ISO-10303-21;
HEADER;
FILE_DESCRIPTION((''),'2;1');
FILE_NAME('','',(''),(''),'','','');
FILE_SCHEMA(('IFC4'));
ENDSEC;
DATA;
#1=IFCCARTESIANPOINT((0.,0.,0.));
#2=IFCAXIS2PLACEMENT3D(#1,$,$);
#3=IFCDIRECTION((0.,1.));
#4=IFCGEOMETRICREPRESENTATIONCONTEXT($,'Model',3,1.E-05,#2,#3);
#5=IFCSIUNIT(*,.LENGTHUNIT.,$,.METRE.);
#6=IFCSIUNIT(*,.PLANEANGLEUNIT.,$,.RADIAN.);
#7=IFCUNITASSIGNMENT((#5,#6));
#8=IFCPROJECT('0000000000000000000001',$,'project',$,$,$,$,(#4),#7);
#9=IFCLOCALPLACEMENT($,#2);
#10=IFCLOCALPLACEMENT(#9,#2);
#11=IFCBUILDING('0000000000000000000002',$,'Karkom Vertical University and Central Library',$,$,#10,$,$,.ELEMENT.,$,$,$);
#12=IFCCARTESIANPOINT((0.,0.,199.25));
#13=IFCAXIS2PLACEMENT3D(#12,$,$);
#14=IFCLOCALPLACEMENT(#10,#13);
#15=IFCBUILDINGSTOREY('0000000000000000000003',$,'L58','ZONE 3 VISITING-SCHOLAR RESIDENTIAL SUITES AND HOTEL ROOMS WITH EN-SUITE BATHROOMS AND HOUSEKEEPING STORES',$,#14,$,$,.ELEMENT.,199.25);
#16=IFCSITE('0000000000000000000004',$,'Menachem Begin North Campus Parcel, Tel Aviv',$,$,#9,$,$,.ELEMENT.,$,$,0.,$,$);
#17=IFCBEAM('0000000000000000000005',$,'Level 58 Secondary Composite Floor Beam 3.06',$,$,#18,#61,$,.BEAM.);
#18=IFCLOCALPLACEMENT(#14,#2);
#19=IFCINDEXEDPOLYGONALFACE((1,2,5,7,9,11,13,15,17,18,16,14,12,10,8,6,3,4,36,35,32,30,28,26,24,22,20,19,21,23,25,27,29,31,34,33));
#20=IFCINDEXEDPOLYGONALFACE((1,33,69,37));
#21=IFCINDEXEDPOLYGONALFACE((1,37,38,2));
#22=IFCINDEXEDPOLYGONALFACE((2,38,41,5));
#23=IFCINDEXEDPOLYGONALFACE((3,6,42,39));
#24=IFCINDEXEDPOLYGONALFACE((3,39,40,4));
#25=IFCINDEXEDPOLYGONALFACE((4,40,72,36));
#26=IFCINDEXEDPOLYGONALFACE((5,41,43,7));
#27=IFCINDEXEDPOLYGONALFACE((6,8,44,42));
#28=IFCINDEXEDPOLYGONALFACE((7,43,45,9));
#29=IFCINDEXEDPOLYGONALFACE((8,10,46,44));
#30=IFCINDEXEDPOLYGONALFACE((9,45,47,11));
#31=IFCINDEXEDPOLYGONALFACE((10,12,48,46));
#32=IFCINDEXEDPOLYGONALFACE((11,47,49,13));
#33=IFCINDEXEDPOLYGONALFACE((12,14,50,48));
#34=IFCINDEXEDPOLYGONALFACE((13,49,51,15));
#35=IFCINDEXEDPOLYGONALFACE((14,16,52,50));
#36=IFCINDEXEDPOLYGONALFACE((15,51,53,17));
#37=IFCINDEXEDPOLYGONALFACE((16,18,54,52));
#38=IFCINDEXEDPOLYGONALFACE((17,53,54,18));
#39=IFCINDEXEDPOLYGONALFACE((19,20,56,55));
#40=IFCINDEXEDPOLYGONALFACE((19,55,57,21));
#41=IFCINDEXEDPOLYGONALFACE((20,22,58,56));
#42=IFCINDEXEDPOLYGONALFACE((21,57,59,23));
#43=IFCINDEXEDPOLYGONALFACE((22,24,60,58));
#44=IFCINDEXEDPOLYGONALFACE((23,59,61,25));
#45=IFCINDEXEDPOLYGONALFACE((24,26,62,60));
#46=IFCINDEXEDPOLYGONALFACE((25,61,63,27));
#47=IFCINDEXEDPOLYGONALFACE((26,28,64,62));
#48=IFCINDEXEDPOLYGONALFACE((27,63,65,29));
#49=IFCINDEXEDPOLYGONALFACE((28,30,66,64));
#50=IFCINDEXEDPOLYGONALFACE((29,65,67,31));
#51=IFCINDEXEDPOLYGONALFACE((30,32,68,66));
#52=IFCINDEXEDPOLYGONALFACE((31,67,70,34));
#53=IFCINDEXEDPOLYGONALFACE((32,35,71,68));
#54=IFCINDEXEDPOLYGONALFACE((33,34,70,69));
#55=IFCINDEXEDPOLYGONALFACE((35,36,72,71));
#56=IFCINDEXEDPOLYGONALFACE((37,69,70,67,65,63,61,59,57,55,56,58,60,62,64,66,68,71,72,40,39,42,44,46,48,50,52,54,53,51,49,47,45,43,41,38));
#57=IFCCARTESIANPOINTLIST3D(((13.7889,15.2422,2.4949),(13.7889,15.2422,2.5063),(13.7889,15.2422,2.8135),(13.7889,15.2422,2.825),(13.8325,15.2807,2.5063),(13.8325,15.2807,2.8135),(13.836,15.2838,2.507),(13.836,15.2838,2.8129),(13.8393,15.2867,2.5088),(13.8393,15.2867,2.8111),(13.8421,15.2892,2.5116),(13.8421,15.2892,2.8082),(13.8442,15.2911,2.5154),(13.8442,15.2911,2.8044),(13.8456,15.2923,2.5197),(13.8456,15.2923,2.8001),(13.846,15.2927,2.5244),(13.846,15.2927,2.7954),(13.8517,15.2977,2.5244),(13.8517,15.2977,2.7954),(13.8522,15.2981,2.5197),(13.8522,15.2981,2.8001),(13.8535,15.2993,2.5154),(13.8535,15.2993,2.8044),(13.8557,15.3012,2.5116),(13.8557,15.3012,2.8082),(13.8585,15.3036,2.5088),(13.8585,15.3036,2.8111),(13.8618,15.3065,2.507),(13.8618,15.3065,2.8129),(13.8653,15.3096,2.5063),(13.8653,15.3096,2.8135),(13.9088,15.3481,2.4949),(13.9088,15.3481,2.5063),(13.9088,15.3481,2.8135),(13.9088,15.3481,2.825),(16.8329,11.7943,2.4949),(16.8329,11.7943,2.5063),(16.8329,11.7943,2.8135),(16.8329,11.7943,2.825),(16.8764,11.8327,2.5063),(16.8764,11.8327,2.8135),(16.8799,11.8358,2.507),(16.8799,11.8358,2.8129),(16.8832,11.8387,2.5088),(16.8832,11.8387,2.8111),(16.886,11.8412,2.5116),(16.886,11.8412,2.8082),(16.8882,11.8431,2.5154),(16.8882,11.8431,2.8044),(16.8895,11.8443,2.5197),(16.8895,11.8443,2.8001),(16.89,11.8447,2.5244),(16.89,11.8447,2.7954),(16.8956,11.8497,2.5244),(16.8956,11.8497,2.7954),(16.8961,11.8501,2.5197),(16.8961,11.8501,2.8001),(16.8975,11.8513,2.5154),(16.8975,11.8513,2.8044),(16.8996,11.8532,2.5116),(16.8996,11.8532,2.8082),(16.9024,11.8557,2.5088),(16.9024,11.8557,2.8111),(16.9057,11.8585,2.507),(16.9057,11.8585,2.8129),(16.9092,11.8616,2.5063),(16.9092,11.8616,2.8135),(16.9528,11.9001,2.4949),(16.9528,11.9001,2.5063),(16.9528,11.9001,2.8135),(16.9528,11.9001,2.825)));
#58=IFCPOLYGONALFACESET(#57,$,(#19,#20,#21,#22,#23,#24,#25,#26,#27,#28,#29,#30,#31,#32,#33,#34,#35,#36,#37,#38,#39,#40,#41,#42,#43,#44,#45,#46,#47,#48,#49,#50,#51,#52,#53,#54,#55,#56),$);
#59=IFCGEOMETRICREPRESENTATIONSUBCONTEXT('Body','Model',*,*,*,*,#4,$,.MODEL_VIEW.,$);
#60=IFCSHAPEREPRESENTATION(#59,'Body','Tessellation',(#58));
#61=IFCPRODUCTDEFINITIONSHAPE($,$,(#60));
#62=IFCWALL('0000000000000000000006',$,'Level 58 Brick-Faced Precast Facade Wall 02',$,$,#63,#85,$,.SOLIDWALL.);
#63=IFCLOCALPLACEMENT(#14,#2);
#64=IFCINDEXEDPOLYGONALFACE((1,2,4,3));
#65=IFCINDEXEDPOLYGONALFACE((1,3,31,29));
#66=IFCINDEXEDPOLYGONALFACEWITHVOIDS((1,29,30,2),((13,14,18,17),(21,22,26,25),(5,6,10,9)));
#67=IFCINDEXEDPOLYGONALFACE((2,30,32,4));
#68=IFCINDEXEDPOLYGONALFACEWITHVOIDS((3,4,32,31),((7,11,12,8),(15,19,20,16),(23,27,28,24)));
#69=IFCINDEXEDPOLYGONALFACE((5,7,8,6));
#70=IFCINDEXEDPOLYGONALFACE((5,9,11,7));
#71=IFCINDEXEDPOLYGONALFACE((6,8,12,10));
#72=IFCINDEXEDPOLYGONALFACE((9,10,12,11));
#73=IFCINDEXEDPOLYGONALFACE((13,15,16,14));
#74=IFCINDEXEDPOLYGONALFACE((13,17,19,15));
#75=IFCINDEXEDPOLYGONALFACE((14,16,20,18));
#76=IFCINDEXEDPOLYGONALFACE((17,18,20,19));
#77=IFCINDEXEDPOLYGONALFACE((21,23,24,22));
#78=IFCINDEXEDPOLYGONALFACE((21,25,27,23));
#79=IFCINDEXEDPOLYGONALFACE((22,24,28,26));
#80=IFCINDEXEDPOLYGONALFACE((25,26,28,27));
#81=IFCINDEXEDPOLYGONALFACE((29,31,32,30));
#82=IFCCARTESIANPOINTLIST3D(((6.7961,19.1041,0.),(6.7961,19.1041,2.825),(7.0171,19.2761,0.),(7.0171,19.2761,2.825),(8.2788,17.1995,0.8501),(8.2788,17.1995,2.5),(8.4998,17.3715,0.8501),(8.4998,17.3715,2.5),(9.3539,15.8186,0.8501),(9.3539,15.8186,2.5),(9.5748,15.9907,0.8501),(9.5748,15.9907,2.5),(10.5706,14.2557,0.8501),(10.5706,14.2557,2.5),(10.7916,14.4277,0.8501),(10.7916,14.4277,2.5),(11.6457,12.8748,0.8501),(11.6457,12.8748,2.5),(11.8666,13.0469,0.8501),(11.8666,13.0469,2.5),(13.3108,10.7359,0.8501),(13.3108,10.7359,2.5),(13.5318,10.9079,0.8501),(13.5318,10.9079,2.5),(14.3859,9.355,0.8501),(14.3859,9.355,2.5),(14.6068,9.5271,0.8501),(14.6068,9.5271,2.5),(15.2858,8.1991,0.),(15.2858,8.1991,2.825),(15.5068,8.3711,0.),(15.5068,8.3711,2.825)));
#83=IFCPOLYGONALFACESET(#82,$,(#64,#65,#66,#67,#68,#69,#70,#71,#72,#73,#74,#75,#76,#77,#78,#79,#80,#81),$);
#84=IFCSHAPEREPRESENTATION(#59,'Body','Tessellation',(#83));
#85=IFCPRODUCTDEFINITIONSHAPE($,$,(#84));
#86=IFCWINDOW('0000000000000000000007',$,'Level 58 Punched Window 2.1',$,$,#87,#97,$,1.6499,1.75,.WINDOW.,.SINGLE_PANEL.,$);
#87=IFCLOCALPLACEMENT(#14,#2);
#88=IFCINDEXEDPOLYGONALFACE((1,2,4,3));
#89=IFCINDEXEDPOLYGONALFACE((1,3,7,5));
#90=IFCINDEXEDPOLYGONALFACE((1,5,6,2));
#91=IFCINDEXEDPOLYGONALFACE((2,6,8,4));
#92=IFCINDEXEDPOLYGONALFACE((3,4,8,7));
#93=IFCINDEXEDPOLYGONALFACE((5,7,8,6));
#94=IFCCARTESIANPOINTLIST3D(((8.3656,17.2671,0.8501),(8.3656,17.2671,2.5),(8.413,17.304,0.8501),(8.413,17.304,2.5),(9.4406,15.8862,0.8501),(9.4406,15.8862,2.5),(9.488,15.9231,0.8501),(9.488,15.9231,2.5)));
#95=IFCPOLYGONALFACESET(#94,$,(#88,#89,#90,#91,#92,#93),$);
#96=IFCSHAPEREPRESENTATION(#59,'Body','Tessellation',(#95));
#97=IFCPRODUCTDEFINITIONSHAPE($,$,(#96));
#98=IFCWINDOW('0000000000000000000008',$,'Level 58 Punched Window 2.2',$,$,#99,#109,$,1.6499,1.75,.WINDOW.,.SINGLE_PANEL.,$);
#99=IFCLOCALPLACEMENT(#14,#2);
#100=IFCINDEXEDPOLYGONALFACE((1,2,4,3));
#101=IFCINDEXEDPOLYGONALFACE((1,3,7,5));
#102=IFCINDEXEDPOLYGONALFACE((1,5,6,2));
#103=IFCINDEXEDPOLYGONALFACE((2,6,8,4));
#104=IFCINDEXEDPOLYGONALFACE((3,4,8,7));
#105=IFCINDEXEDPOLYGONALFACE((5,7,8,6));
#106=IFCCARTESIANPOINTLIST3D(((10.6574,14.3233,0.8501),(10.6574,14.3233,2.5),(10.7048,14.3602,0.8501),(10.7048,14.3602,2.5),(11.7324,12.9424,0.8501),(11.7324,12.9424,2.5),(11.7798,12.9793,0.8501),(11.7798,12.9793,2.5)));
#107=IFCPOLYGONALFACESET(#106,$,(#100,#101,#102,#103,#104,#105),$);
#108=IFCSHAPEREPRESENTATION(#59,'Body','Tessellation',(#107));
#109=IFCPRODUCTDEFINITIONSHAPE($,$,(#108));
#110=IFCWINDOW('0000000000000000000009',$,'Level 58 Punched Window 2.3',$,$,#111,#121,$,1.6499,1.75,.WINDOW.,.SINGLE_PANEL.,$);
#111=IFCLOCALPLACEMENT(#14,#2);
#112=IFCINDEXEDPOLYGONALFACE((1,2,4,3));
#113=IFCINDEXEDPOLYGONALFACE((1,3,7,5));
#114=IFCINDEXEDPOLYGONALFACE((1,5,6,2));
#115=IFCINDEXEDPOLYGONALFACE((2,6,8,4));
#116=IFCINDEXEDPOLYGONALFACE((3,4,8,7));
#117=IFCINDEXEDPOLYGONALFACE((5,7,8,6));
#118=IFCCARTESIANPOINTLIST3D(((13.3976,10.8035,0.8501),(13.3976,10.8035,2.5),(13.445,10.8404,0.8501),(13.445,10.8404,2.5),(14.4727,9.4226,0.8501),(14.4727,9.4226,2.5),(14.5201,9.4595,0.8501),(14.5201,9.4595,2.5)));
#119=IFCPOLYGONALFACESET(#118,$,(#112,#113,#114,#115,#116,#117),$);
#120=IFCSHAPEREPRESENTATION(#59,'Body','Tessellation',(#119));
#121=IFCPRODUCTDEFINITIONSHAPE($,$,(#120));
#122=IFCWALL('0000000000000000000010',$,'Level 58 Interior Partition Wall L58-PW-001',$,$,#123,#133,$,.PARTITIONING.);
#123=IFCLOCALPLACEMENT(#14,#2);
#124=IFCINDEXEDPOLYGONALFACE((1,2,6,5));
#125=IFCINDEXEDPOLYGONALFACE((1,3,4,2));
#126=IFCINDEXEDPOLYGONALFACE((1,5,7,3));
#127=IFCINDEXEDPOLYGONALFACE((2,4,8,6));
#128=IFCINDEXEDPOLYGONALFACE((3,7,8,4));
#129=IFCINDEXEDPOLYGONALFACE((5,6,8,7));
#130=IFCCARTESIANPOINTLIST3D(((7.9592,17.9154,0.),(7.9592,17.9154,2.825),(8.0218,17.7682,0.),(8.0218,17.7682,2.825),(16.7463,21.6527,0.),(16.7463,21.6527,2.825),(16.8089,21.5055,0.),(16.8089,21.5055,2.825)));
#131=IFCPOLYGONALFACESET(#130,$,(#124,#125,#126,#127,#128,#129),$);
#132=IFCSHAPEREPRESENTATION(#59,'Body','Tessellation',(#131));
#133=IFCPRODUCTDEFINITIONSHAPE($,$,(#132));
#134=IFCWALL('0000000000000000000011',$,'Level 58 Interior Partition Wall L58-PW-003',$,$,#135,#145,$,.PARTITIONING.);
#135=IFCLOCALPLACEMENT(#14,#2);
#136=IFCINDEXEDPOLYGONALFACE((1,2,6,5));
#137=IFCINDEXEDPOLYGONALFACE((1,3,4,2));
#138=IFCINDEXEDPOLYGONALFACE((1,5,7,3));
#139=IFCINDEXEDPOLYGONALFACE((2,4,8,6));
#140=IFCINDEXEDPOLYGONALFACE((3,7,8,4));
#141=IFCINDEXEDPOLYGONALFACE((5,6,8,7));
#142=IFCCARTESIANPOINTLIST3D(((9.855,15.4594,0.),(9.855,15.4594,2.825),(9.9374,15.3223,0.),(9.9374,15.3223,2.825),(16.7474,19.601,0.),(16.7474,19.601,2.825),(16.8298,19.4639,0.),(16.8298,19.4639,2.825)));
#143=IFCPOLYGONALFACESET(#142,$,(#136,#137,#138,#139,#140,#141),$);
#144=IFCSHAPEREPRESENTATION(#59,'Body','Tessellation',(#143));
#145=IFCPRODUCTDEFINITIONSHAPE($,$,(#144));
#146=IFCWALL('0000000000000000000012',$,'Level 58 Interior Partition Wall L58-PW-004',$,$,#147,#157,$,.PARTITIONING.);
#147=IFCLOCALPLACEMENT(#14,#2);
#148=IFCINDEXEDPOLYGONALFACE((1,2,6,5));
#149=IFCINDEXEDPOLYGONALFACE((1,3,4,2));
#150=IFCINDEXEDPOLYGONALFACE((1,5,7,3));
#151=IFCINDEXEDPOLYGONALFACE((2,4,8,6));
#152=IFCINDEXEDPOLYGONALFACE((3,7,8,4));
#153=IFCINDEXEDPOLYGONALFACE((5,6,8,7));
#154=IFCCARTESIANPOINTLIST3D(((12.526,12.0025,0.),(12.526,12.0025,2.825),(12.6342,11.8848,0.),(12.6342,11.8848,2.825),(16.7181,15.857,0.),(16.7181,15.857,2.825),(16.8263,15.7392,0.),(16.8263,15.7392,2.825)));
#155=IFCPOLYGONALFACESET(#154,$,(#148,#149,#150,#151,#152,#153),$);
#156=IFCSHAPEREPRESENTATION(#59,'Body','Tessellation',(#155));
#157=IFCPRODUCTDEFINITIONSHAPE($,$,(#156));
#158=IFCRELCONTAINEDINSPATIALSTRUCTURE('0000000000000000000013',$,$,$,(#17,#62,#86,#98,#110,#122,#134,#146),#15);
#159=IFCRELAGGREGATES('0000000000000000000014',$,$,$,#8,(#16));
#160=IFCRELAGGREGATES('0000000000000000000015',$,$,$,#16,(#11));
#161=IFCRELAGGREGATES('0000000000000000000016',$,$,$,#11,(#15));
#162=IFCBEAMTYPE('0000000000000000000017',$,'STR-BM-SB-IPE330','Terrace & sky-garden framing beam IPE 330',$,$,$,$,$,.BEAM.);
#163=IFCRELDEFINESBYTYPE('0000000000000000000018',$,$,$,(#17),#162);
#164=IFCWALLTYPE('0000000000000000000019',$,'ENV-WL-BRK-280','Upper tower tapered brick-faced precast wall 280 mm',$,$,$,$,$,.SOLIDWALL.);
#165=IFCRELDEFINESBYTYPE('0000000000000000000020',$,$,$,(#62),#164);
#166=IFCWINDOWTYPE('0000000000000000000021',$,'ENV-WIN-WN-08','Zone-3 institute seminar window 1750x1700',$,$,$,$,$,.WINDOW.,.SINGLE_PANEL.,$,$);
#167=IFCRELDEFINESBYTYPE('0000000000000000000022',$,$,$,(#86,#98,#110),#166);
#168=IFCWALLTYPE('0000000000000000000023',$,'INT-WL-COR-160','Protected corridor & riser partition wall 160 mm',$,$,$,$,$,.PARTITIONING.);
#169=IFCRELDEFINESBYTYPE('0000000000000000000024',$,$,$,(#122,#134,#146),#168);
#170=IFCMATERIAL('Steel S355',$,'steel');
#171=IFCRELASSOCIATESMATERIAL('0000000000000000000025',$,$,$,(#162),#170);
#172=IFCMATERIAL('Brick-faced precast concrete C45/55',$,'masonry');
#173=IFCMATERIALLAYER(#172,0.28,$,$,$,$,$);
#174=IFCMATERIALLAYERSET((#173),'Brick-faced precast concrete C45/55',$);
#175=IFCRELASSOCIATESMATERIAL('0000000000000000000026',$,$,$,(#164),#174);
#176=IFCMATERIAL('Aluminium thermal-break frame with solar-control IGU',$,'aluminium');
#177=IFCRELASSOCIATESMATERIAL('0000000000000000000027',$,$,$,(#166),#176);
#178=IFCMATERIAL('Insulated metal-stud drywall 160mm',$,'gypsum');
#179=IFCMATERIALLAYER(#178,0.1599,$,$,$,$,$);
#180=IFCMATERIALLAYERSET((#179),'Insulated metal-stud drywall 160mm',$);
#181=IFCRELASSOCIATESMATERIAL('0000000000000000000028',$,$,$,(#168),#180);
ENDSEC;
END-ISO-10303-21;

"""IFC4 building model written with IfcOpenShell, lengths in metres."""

from ifc_helpers import new_model, si_unit, direction, frame, frame_2d, origin, origin_with_axes, origin_2d, place, context, subcontext, project, spatial, rectangle, i_section, extrude, source, transform, mapped, material, layer, layer_set, material_profile, profile_set, type_object, element, fill, save


model = new_model("IFC4")

# Units and contexts
model_context = context("Model", 3, precision=1e-05, world=origin(), true_north=direction((0.0, 1.0)))
body_context = subcontext(model_context, "Body", "Model", "MODEL_VIEW")
ifc_project = project(units=[si_unit("LENGTHUNIT", "METRE"), si_unit("PLANEANGLEUNIT", "RADIAN")], contexts=[model_context])

# Site, building, storey
site_placement = place(None, origin())
site = spatial("IfcSite", under=ifc_project, at=site_placement, Name="Menachem Begin North Campus Parcel, Tel Aviv", CompositionType="ELEMENT", RefElevation=0.0)
building_placement = place(site_placement, origin())
building = spatial("IfcBuilding", under=site, at=building_placement, Name="Karkom Vertical University and Central Library", CompositionType="ELEMENT")
storey_placement = place(building_placement, frame((0.0, 0.0, 199.25)))
storey = spatial("IfcBuildingStorey", under=building, at=storey_placement, Name="L58", Description="ZONE 3 VISITING-SCHOLAR RESIDENTIAL SUITES AND HOTEL ROOMS WITH EN-SUITE BATHROOMS AND HOUSEKEEPING STORES", CompositionType="ELEMENT", Elevation=199.25)

# Beam
ifc_material_1 = material(Name="Steel S355", Category="steel")
ifc_material_profile_1 = material_profile(ifc_material_1, i_section(OverallWidth=0.1599, OverallDepth=0.3301, WebThickness=0.0076, FlangeThickness=0.0115, FilletRadius=0.0181, at=origin_2d()), Name="IPE 330")
ifc_profile_set_1 = profile_set([ifc_material_profile_1], Name="Steel S355")
beam_type_1 = type_object("IfcBeamType", Name="STR-BM-SB-IPE330", Description="Terrace & sky-garden framing beam IPE 330", PredefinedType="BEAM", material=ifc_profile_set_1)
shared_shape_1 = source(origin_with_axes(), body_context, "Body", "SweptSolid", [
    extrude(i_section(OverallWidth=0.1599, OverallDepth=0.3301, WebThickness=0.0076, FlangeThickness=0.0115, FilletRadius=0.0181, at=origin_2d()), origin(), (0.0, 0.0, 1.0), 4.5994),
])
beam_1_placement = place(storey_placement, frame((13.8489, 15.2952, 2.6599), z_axis=(0.661816, -0.749666, 0.0), x_axis=(0.749666, 0.661816, 0.0)))
element("IfcBeam", 1, at=beam_1_placement, inside=storey, type_object=beam_type_1, Name="Level 58 Secondary Composite Floor Beam 3.06", PredefinedType="BEAM", context=body_context, shape_type="MappedRepresentation", body=[
    mapped(shared_shape_1, transform((0.0, 0.0, 0.0), scale=1.0)),
])

# Wall, openings, windows
ifc_material_2 = material(Name="Brick-faced precast concrete C45/55", Category="masonry")
ifc_layer_1 = layer(ifc_material_2, 0.28)
ifc_layer_set_1 = layer_set([ifc_layer_1], Name="Brick-faced precast concrete C45/55")
wall_type_1 = type_object("IfcWallType", Name="ENV-WL-BRK-280", Description="Upper tower tapered brick-faced precast wall 280 mm", PredefinedType="SOLIDWALL", material=ifc_layer_set_1)
wall_1_placement = place(storey_placement, frame((6.9065, 19.1902, 0.0), z_axis=(0.0, 0.0, 1.0), x_axis=(0.614304, -0.78907, 0.0)))
wall_1 = element("IfcWall", 2, at=wall_1_placement, inside=storey, type_object=wall_type_1, Name="Level 58 Brick-Faced Precast Facade Wall 02", PredefinedType="SOLIDWALL", context=body_context, shape_type="SweptSolid", body=[
    extrude(rectangle(XDim=13.8201, YDim=0.28, at=frame_2d((6.9102, 0.0))), origin(), (0.0, 0.0, 1.0), 2.825),
])
opening_1_placement = place(wall_1_placement, frame((2.4138, 0.0, 0.8501)))
opening_1 = element("IfcOpeningElement", 3, at=opening_1_placement, cuts=wall_1, PredefinedType="OPENING", context=body_context, shape_type="SweptSolid", body=[
    extrude(rectangle(XDim=1.75, YDim=1.6499, at=frame_2d((0.875, 0.825))), frame((0.0, 0.1499, 0.0), z_axis=(0.0, -1.0, 0.0), x_axis=(1.0, 0.0, 0.0)), (0.0, 0.0, 1.0), 0.3),
])
opening_2_placement = place(wall_1_placement, frame((6.1445, 0.0, 0.8501)))
opening_2 = element("IfcOpeningElement", 4, at=opening_2_placement, cuts=wall_1, PredefinedType="OPENING", context=body_context, shape_type="SweptSolid", body=[
    extrude(rectangle(XDim=1.75, YDim=1.6499, at=frame_2d((0.875, 0.825))), frame((0.0, 0.1499, 0.0), z_axis=(0.0, -1.0, 0.0), x_axis=(1.0, 0.0, 0.0)), (0.0, 0.0, 1.0), 0.3),
])
opening_3_placement = place(wall_1_placement, frame((10.6052, 0.0, 0.8501)))
opening_3 = element("IfcOpeningElement", 5, at=opening_3_placement, cuts=wall_1, PredefinedType="OPENING", context=body_context, shape_type="SweptSolid", body=[
    extrude(rectangle(XDim=1.75, YDim=1.6499, at=frame_2d((0.875, 0.825))), frame((0.0, 0.1499, 0.0), z_axis=(0.0, -1.0, 0.0), x_axis=(1.0, 0.0, 0.0)), (0.0, 0.0, 1.0), 0.3),
])
ifc_material_3 = material(Name="Aluminium thermal-break frame with solar-control IGU", Category="aluminium")
window_type = type_object("IfcWindowType", Name="ENV-WIN-WN-08", Description="Zone-3 institute seminar window 1750x1700", PartitioningType="SINGLE_PANEL", PredefinedType="WINDOW", material=ifc_material_3)
shared_shape_2 = source(origin_with_axes(), body_context, "Body", "SweptSolid", [
    extrude(rectangle(XDim=1.75, YDim=1.6499, at=frame_2d((0.875, 0.825))), frame((0.0, 0.03, 0.0), z_axis=(0.0, -1.0, 0.0), x_axis=(1.0, 0.0, 0.0)), (0.0, 0.0, 1.0), 0.0601),
])
window_1_placement = place(opening_1_placement, origin())
window_1 = element("IfcWindow", 6, at=window_1_placement, inside=storey, type_object=window_type, Name="Level 58 Punched Window 2.1", OverallHeight=1.6499, OverallWidth=1.75, PartitioningType="SINGLE_PANEL", PredefinedType="WINDOW", context=body_context, shape_type="MappedRepresentation", body=[
    mapped(shared_shape_2, transform((0.0, 0.0, 0.0), scale=1.0)),
])
fill(opening_1, window_1)
window_2_placement = place(opening_2_placement, origin())
window_2 = element("IfcWindow", 7, at=window_2_placement, inside=storey, type_object=window_type, Name="Level 58 Punched Window 2.2", OverallHeight=1.6499, OverallWidth=1.75, PartitioningType="SINGLE_PANEL", PredefinedType="WINDOW", context=body_context, shape_type="MappedRepresentation", body=[
    mapped(shared_shape_2, transform((0.0, 0.0, 0.0), scale=1.0)),
])
fill(opening_2, window_2)
window_3_placement = place(opening_3_placement, origin())
window_3 = element("IfcWindow", 8, at=window_3_placement, inside=storey, type_object=window_type, Name="Level 58 Punched Window 2.3", OverallHeight=1.6499, OverallWidth=1.75, PartitioningType="SINGLE_PANEL", PredefinedType="WINDOW", context=body_context, shape_type="MappedRepresentation", body=[
    mapped(shared_shape_2, transform((0.0, 0.0, 0.0), scale=1.0)),
])
fill(opening_3, window_3)

# Walls
ifc_material_4 = material(Name="Insulated metal-stud drywall 160mm", Category="gypsum")
ifc_layer_2 = layer(ifc_material_4, 0.1599)
ifc_layer_set_2 = layer_set([ifc_layer_2], Name="Insulated metal-stud drywall 160mm")
wall_type_2 = type_object("IfcWallType", Name="INT-WL-COR-160", Description="Protected corridor & riser partition wall 160 mm", PredefinedType="PARTITIONING", material=ifc_layer_set_2)
wall_2_placement = place(storey_placement, frame((16.7776, 21.5791, 0.0), z_axis=(0.0, 0.0, 1.0), x_axis=(-0.920226, -0.391388, 0.0)))
element("IfcWall", 9, at=wall_2_placement, inside=storey, type_object=wall_type_2, Name="Level 58 Interior Partition Wall L58-PW-001", PredefinedType="PARTITIONING", context=body_context, shape_type="SweptSolid", body=[
    extrude(rectangle(XDim=9.5488, YDim=0.1599, at=frame_2d((4.7744, 0.0))), origin(), (0.0, 0.0, 1.0), 2.825),
])
wall_3_placement = place(storey_placement, frame((16.7886, 19.5325, 0.0), z_axis=(0.0, 0.0, 1.0), x_axis=(-0.857153, -0.515063, 0.0)))
element("IfcWall", 10, at=wall_3_placement, inside=storey, type_object=wall_type_2, Name="Level 58 Interior Partition Wall L58-PW-003", PredefinedType="PARTITIONING", context=body_context, shape_type="SweptSolid", body=[
    extrude(rectangle(XDim=8.041, YDim=0.1599, at=frame_2d((4.0205, 0.0))), origin(), (0.0, 0.0, 1.0), 2.825),
])
wall_4_placement = place(storey_placement, frame((16.7722, 15.7981, 0.0), z_axis=(0.0, 0.0, 1.0), x_axis=(-0.73613, -0.67684, 0.0)))
element("IfcWall", 11, at=wall_4_placement, inside=storey, type_object=wall_type_2, Name="Level 58 Interior Partition Wall L58-PW-004", PredefinedType="PARTITIONING", context=body_context, shape_type="SweptSolid", body=[
    extrude(rectangle(XDim=5.6948, YDim=0.1599, at=frame_2d((2.8474, 0.0))), origin(), (0.0, 0.0, 1.0), 2.825),
])

save(model, "model.ifc")
